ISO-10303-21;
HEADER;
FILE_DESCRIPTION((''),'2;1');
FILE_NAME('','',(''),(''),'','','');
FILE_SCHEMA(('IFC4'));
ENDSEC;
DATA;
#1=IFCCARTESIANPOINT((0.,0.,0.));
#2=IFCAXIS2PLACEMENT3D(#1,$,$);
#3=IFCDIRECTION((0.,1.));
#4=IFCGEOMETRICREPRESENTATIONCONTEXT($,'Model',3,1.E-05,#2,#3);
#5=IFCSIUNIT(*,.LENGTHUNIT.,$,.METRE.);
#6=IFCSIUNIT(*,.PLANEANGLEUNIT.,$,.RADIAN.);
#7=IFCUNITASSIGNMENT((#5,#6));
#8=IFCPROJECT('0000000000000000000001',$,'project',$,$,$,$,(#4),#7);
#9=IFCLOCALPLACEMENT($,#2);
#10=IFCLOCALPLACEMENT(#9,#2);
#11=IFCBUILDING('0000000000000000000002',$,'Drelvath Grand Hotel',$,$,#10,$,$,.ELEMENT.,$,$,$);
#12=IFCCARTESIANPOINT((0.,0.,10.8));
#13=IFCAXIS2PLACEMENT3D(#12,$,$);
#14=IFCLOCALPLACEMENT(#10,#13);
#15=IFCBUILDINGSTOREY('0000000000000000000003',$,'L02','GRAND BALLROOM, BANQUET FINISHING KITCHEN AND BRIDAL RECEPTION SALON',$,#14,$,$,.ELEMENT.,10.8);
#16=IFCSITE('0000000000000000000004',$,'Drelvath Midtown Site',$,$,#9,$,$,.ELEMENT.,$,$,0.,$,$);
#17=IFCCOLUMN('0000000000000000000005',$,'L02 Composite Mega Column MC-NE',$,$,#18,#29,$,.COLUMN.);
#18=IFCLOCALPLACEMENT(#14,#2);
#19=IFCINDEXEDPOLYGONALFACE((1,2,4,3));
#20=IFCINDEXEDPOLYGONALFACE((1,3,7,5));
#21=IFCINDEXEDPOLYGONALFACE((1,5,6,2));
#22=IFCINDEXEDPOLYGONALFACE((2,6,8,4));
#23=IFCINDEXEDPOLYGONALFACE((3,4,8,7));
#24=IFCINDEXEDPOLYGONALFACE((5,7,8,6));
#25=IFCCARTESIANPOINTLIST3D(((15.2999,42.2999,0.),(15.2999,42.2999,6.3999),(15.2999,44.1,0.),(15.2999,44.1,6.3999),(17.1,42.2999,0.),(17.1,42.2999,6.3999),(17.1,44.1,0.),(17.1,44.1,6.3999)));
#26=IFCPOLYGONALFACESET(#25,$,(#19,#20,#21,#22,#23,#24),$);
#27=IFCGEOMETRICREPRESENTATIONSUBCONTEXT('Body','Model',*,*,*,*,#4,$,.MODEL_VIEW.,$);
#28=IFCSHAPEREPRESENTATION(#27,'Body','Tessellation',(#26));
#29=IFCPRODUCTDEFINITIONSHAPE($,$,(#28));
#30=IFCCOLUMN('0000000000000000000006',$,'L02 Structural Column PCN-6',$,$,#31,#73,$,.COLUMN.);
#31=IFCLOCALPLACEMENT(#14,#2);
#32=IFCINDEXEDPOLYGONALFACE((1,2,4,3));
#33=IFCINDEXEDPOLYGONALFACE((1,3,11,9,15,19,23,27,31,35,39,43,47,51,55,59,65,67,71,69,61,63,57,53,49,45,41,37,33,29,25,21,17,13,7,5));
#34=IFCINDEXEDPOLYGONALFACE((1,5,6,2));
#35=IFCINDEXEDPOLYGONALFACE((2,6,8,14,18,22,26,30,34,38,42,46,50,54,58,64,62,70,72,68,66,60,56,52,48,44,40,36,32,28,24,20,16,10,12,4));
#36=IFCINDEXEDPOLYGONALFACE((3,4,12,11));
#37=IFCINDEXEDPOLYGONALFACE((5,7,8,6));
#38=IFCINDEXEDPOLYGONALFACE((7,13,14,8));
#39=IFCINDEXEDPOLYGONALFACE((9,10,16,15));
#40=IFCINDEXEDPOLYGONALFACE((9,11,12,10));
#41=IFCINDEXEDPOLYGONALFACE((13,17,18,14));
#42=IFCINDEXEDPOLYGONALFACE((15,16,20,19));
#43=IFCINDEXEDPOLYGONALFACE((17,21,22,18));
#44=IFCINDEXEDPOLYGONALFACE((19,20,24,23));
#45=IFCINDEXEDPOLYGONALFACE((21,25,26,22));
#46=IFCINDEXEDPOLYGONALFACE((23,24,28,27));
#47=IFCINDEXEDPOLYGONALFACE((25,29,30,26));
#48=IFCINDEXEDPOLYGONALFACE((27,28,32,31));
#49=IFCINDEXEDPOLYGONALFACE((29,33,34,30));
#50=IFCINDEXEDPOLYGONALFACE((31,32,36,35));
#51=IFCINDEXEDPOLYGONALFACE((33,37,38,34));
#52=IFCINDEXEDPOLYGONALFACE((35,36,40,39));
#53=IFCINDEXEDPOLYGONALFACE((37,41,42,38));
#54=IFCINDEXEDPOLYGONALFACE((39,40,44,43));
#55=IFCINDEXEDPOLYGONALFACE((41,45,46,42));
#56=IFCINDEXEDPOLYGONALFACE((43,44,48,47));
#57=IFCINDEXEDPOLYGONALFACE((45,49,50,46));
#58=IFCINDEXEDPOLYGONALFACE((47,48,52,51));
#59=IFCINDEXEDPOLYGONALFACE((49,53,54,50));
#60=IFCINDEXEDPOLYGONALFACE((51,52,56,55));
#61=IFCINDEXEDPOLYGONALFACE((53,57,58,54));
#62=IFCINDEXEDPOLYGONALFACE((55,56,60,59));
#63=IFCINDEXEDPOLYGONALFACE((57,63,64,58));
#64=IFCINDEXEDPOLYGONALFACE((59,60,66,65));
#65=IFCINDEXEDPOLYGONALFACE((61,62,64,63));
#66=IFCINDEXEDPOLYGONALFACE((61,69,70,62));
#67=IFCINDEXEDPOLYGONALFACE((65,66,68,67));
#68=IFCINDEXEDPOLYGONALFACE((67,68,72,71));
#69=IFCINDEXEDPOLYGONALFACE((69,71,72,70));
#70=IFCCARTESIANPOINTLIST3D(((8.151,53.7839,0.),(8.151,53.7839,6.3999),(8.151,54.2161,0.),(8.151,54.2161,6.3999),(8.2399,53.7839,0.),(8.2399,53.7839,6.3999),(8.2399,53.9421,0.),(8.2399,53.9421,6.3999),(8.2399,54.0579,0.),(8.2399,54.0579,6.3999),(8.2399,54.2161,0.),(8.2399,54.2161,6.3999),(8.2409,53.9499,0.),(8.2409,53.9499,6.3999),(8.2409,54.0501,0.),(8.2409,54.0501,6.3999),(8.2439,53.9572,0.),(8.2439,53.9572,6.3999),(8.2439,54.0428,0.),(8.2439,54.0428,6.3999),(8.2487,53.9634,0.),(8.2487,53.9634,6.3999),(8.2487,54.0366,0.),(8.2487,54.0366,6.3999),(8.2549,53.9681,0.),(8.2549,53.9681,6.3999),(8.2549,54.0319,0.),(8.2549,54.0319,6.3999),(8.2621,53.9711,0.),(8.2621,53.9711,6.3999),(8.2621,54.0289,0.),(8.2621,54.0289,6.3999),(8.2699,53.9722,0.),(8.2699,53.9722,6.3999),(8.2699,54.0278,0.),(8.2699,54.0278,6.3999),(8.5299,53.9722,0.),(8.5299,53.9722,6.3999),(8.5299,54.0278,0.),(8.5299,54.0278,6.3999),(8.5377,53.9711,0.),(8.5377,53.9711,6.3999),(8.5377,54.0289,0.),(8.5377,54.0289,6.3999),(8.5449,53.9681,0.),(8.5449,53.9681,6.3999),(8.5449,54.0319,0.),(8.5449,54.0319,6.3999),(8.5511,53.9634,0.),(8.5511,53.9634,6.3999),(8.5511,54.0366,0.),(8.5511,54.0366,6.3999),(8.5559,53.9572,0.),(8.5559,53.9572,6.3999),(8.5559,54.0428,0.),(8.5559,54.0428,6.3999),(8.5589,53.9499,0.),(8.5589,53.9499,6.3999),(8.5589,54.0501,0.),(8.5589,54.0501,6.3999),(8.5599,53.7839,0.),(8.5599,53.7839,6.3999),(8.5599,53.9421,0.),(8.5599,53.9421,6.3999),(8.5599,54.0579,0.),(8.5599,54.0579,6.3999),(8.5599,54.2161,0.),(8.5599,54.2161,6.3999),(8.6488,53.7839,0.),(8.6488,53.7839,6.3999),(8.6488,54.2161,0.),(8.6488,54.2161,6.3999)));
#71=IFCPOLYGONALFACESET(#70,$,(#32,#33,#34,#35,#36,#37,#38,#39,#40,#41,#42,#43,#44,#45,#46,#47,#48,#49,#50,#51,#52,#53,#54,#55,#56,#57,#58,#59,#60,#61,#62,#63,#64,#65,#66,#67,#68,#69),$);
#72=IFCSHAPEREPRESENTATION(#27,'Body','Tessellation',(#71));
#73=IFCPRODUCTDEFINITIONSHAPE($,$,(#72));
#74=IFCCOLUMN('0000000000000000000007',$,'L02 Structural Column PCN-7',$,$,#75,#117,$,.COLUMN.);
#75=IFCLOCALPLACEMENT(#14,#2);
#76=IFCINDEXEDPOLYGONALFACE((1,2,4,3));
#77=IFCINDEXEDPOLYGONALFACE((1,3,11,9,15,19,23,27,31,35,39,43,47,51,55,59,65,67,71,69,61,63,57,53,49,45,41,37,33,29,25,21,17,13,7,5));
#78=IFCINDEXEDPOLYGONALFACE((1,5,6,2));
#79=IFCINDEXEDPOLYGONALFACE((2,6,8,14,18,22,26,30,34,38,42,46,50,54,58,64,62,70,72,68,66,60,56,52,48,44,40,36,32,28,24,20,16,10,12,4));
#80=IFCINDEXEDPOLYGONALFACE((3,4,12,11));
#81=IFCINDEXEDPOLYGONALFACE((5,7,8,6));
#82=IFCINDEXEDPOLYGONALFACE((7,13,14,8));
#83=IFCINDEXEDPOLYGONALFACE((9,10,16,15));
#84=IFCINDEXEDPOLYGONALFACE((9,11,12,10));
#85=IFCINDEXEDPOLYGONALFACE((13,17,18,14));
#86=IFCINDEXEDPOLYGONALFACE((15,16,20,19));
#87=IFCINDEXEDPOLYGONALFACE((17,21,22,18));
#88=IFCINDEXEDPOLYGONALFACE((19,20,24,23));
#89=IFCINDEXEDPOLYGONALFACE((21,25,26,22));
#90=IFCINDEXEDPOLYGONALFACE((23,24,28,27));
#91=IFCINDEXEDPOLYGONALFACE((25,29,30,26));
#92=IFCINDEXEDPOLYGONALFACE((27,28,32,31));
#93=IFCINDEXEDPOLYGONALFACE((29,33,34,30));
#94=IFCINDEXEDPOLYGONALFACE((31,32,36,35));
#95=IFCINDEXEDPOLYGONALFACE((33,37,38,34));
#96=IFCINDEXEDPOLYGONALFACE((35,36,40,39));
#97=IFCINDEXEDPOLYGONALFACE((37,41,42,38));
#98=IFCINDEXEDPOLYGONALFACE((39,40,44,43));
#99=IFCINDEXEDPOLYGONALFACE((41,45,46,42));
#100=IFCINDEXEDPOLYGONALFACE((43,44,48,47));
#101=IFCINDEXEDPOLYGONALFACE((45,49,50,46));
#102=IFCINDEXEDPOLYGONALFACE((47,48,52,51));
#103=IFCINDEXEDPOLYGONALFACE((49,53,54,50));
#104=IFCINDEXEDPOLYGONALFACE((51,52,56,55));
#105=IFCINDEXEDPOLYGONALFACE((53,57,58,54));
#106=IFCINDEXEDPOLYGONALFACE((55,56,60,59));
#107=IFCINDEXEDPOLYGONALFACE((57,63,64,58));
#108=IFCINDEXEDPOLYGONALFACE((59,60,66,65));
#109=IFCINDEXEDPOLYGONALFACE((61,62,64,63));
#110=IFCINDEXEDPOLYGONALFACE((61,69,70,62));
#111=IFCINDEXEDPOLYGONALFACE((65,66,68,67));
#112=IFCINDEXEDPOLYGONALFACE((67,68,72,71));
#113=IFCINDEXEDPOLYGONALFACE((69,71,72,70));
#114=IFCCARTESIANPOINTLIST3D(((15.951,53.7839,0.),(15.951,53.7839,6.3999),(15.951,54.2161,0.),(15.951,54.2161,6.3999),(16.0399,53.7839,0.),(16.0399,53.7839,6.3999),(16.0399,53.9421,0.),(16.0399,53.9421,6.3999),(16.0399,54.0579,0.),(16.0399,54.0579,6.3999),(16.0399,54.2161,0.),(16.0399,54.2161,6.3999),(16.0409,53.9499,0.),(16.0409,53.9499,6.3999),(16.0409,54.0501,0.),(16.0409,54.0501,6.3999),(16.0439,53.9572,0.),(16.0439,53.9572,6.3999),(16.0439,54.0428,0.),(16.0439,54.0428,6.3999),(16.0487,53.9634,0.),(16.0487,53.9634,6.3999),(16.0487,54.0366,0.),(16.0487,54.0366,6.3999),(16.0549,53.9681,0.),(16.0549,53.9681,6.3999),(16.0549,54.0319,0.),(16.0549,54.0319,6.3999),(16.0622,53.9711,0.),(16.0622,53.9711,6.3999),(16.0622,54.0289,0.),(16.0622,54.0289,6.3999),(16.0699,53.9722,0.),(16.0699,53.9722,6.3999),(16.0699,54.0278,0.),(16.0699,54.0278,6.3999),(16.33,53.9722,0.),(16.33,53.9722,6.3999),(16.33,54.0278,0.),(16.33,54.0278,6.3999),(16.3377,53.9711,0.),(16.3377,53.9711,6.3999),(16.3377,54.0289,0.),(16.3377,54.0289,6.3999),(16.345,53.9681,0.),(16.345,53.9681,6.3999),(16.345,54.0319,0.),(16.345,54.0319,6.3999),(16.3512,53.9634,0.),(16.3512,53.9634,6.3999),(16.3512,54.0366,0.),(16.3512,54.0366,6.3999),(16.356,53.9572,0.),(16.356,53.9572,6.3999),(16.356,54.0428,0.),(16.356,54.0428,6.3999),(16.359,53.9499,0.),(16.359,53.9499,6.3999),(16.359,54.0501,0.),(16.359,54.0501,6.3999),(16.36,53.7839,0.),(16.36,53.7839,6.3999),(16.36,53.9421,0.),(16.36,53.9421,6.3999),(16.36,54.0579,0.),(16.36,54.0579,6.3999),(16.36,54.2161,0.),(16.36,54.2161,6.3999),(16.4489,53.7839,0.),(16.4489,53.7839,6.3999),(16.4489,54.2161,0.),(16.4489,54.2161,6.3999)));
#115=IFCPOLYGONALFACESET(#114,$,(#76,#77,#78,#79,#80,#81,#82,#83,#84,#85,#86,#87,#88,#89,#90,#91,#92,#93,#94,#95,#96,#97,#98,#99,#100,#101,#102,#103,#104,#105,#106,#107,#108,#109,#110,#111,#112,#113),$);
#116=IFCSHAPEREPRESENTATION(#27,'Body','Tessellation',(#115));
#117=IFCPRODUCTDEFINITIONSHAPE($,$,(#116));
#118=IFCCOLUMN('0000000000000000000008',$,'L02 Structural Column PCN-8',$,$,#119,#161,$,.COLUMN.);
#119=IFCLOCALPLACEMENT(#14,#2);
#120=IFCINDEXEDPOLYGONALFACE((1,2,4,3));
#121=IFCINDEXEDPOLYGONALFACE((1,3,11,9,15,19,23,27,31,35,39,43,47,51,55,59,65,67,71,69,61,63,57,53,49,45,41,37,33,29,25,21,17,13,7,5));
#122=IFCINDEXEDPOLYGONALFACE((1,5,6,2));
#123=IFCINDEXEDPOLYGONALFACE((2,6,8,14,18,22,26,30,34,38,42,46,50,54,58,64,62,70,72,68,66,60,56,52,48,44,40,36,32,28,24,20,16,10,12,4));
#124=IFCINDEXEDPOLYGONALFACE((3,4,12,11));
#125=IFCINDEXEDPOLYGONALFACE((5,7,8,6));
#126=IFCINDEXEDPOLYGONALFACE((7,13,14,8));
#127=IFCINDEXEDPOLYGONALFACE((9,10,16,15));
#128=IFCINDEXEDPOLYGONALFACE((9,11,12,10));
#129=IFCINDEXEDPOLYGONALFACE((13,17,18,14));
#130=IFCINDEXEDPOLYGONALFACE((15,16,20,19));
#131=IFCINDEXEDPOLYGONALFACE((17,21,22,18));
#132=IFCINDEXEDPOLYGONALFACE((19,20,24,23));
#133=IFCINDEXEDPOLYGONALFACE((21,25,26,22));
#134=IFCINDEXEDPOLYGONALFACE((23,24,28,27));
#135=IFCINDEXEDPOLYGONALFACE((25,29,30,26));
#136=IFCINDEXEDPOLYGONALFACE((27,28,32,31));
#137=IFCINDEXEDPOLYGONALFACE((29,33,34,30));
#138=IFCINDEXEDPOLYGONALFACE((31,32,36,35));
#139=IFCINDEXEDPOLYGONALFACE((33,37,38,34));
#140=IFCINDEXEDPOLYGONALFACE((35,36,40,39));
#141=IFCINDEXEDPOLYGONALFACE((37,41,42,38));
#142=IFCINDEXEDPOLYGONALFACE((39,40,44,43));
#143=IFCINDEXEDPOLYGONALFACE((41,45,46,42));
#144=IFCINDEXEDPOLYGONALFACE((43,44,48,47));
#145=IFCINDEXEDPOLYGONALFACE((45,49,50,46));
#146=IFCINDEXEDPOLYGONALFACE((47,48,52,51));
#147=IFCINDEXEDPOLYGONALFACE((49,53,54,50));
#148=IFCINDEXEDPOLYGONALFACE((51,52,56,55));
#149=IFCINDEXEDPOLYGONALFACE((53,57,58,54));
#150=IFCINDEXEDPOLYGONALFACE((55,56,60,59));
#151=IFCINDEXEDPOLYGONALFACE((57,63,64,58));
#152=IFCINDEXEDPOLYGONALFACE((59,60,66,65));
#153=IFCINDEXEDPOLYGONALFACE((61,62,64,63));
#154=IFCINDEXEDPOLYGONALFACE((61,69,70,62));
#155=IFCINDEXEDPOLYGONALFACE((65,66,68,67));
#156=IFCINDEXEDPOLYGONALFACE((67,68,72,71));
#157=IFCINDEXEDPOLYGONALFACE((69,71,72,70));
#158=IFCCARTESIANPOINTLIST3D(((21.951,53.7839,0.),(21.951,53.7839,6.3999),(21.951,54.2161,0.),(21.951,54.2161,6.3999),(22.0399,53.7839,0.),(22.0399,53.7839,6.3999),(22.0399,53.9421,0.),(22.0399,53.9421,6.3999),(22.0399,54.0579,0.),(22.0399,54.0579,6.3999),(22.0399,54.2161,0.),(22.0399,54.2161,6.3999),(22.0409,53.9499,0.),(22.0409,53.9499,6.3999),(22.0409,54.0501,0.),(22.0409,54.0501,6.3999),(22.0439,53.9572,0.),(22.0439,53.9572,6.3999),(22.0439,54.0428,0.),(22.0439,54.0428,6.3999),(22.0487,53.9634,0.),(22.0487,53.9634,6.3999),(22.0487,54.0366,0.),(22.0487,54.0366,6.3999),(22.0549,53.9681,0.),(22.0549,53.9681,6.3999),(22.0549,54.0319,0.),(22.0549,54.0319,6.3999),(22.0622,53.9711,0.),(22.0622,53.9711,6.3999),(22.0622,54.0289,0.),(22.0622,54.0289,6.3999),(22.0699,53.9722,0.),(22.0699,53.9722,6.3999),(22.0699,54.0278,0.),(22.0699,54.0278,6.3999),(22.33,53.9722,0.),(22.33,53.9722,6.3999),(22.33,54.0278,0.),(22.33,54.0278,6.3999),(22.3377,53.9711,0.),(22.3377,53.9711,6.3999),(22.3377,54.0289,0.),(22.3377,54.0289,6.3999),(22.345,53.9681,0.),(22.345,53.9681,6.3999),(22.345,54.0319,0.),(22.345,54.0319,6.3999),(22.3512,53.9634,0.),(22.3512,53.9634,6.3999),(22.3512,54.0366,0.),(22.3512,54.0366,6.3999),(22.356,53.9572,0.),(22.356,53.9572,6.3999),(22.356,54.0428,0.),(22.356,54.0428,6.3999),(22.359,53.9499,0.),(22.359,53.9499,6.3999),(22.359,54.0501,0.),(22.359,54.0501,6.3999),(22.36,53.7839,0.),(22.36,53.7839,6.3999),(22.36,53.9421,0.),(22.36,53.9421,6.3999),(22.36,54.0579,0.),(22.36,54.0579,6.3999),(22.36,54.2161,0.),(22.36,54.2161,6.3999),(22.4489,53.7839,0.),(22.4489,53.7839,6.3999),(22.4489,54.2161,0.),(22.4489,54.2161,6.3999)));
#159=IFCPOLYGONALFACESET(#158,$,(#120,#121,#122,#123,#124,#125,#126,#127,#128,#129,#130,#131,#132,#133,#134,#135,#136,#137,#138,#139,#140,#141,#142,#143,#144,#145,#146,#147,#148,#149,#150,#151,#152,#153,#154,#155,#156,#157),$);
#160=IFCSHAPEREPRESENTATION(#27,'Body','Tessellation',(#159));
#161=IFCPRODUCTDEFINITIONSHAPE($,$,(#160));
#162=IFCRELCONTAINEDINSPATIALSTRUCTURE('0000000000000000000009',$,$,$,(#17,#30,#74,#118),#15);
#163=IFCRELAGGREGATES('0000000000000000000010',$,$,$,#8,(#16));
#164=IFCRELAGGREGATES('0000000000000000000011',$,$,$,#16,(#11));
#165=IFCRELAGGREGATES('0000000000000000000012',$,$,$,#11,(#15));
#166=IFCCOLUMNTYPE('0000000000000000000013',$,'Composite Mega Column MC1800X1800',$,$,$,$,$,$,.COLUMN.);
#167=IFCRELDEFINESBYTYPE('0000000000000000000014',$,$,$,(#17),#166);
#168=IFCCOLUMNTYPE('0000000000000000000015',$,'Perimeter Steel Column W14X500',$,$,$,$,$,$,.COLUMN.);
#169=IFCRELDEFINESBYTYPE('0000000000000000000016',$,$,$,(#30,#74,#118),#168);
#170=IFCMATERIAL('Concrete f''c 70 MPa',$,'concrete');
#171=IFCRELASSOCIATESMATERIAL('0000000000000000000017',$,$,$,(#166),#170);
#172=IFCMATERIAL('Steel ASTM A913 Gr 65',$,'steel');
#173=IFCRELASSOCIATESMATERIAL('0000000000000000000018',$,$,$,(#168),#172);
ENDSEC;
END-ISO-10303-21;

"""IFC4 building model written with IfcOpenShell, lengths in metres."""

from ifc_helpers import new_model, si_unit, direction, frame, origin, origin_2d, place, context, subcontext, project, spatial, rectangle, i_section, extrude, material, material_profile, profile_set, type_object, element, save


model = new_model("IFC4")

# Units and contexts
model_context = context("Model", 3, precision=1e-05, world=origin(), true_north=direction((0.0, 1.0)))
body_context = subcontext(model_context, "Body", "Model", "MODEL_VIEW")
ifc_project = project(units=[si_unit("LENGTHUNIT", "METRE"), si_unit("PLANEANGLEUNIT", "RADIAN")], contexts=[model_context])

# Site, building, storey
site_placement = place(None, origin())
site = spatial("IfcSite", under=ifc_project, at=site_placement, Name="Drelvath Midtown Site", CompositionType="ELEMENT", RefElevation=0.0)
building_placement = place(site_placement, origin())
building = spatial("IfcBuilding", under=site, at=building_placement, Name="Drelvath Grand Hotel", CompositionType="ELEMENT")
storey_placement = place(building_placement, frame((0.0, 0.0, 10.8)))
storey = spatial("IfcBuildingStorey", under=building, at=storey_placement, Name="L02", Description="GRAND BALLROOM, BANQUET FINISHING KITCHEN AND BRIDAL RECEPTION SALON", CompositionType="ELEMENT", Elevation=10.8)

# Columns
ifc_material_1 = material(Name="Concrete f'c 70 MPa", Category="concrete")
ifc_material_profile_1 = material_profile(ifc_material_1, rectangle(XDim=1.8, YDim=1.8, at=origin_2d()), Name="MC1800X1800")
ifc_profile_set_1 = profile_set([ifc_material_profile_1], Name="Concrete f'c 70 MPa")
column_type_1 = type_object("IfcColumnType", Name="Composite Mega Column MC1800X1800", PredefinedType="COLUMN", material=ifc_profile_set_1)
column_placement = place(storey_placement, frame((16.2, 43.2, 0.0), z_axis=(0.0, 0.0, 1.0), x_axis=(1.0, 0.0, 0.0)))
element("IfcColumn", 1, at=column_placement, inside=storey, type_object=column_type_1, Name="L02 Composite Mega Column MC-NE", PredefinedType="COLUMN", context=body_context, shape_type="SweptSolid", body=[
    extrude(rectangle(XDim=1.8, YDim=1.8, at=origin_2d()), origin(), (0.0, 0.0, 1.0), 6.3999),
])
ifc_material_2 = material(Name="Steel ASTM A913 Gr 65", Category="steel")
ifc_material_profile_2 = material_profile(ifc_material_2, i_section(OverallWidth=0.4321, OverallDepth=0.4978, WebThickness=0.0557, FlangeThickness=0.0889, FilletRadius=0.03, at=origin_2d()), Name="W14X500")
ifc_profile_set_2 = profile_set([ifc_material_profile_2], Name="Steel ASTM A913 Gr 65")
column_type_2 = type_object("IfcColumnType", Name="Perimeter Steel Column W14X500", PredefinedType="COLUMN", material=ifc_profile_set_2)
for number, where, z_axis, x_axis, name in (
    (2, (8.3999, 54.0, 0.0), (0.0, 0.0, 1.0), (0.0, 1.0, 0.0), "L02 Structural Column PCN-6"),
    (3, (16.2, 54.0, 0.0), (0.0, 0.0, 1.0), (0.0, 1.0, 0.0), "L02 Structural Column PCN-7"),
    (4, (22.2, 54.0, 0.0), (0.0, 0.0, 1.0), (0.0, 1.0, 0.0), "L02 Structural Column PCN-8"),
):
    element("IfcColumn", number, at=place(storey_placement, frame(where, z_axis=z_axis, x_axis=x_axis)), inside=storey, type_object=column_type_2, Name=name, PredefinedType="COLUMN", context=body_context, shape_type="SweptSolid", body=[
        extrude(i_section(OverallWidth=0.4321, OverallDepth=0.4978, WebThickness=0.0557, FlangeThickness=0.0889, FilletRadius=0.03, at=origin_2d()), origin(), (0.0, 0.0, 1.0), 6.3999),
    ])

save(model, "model.ifc")
